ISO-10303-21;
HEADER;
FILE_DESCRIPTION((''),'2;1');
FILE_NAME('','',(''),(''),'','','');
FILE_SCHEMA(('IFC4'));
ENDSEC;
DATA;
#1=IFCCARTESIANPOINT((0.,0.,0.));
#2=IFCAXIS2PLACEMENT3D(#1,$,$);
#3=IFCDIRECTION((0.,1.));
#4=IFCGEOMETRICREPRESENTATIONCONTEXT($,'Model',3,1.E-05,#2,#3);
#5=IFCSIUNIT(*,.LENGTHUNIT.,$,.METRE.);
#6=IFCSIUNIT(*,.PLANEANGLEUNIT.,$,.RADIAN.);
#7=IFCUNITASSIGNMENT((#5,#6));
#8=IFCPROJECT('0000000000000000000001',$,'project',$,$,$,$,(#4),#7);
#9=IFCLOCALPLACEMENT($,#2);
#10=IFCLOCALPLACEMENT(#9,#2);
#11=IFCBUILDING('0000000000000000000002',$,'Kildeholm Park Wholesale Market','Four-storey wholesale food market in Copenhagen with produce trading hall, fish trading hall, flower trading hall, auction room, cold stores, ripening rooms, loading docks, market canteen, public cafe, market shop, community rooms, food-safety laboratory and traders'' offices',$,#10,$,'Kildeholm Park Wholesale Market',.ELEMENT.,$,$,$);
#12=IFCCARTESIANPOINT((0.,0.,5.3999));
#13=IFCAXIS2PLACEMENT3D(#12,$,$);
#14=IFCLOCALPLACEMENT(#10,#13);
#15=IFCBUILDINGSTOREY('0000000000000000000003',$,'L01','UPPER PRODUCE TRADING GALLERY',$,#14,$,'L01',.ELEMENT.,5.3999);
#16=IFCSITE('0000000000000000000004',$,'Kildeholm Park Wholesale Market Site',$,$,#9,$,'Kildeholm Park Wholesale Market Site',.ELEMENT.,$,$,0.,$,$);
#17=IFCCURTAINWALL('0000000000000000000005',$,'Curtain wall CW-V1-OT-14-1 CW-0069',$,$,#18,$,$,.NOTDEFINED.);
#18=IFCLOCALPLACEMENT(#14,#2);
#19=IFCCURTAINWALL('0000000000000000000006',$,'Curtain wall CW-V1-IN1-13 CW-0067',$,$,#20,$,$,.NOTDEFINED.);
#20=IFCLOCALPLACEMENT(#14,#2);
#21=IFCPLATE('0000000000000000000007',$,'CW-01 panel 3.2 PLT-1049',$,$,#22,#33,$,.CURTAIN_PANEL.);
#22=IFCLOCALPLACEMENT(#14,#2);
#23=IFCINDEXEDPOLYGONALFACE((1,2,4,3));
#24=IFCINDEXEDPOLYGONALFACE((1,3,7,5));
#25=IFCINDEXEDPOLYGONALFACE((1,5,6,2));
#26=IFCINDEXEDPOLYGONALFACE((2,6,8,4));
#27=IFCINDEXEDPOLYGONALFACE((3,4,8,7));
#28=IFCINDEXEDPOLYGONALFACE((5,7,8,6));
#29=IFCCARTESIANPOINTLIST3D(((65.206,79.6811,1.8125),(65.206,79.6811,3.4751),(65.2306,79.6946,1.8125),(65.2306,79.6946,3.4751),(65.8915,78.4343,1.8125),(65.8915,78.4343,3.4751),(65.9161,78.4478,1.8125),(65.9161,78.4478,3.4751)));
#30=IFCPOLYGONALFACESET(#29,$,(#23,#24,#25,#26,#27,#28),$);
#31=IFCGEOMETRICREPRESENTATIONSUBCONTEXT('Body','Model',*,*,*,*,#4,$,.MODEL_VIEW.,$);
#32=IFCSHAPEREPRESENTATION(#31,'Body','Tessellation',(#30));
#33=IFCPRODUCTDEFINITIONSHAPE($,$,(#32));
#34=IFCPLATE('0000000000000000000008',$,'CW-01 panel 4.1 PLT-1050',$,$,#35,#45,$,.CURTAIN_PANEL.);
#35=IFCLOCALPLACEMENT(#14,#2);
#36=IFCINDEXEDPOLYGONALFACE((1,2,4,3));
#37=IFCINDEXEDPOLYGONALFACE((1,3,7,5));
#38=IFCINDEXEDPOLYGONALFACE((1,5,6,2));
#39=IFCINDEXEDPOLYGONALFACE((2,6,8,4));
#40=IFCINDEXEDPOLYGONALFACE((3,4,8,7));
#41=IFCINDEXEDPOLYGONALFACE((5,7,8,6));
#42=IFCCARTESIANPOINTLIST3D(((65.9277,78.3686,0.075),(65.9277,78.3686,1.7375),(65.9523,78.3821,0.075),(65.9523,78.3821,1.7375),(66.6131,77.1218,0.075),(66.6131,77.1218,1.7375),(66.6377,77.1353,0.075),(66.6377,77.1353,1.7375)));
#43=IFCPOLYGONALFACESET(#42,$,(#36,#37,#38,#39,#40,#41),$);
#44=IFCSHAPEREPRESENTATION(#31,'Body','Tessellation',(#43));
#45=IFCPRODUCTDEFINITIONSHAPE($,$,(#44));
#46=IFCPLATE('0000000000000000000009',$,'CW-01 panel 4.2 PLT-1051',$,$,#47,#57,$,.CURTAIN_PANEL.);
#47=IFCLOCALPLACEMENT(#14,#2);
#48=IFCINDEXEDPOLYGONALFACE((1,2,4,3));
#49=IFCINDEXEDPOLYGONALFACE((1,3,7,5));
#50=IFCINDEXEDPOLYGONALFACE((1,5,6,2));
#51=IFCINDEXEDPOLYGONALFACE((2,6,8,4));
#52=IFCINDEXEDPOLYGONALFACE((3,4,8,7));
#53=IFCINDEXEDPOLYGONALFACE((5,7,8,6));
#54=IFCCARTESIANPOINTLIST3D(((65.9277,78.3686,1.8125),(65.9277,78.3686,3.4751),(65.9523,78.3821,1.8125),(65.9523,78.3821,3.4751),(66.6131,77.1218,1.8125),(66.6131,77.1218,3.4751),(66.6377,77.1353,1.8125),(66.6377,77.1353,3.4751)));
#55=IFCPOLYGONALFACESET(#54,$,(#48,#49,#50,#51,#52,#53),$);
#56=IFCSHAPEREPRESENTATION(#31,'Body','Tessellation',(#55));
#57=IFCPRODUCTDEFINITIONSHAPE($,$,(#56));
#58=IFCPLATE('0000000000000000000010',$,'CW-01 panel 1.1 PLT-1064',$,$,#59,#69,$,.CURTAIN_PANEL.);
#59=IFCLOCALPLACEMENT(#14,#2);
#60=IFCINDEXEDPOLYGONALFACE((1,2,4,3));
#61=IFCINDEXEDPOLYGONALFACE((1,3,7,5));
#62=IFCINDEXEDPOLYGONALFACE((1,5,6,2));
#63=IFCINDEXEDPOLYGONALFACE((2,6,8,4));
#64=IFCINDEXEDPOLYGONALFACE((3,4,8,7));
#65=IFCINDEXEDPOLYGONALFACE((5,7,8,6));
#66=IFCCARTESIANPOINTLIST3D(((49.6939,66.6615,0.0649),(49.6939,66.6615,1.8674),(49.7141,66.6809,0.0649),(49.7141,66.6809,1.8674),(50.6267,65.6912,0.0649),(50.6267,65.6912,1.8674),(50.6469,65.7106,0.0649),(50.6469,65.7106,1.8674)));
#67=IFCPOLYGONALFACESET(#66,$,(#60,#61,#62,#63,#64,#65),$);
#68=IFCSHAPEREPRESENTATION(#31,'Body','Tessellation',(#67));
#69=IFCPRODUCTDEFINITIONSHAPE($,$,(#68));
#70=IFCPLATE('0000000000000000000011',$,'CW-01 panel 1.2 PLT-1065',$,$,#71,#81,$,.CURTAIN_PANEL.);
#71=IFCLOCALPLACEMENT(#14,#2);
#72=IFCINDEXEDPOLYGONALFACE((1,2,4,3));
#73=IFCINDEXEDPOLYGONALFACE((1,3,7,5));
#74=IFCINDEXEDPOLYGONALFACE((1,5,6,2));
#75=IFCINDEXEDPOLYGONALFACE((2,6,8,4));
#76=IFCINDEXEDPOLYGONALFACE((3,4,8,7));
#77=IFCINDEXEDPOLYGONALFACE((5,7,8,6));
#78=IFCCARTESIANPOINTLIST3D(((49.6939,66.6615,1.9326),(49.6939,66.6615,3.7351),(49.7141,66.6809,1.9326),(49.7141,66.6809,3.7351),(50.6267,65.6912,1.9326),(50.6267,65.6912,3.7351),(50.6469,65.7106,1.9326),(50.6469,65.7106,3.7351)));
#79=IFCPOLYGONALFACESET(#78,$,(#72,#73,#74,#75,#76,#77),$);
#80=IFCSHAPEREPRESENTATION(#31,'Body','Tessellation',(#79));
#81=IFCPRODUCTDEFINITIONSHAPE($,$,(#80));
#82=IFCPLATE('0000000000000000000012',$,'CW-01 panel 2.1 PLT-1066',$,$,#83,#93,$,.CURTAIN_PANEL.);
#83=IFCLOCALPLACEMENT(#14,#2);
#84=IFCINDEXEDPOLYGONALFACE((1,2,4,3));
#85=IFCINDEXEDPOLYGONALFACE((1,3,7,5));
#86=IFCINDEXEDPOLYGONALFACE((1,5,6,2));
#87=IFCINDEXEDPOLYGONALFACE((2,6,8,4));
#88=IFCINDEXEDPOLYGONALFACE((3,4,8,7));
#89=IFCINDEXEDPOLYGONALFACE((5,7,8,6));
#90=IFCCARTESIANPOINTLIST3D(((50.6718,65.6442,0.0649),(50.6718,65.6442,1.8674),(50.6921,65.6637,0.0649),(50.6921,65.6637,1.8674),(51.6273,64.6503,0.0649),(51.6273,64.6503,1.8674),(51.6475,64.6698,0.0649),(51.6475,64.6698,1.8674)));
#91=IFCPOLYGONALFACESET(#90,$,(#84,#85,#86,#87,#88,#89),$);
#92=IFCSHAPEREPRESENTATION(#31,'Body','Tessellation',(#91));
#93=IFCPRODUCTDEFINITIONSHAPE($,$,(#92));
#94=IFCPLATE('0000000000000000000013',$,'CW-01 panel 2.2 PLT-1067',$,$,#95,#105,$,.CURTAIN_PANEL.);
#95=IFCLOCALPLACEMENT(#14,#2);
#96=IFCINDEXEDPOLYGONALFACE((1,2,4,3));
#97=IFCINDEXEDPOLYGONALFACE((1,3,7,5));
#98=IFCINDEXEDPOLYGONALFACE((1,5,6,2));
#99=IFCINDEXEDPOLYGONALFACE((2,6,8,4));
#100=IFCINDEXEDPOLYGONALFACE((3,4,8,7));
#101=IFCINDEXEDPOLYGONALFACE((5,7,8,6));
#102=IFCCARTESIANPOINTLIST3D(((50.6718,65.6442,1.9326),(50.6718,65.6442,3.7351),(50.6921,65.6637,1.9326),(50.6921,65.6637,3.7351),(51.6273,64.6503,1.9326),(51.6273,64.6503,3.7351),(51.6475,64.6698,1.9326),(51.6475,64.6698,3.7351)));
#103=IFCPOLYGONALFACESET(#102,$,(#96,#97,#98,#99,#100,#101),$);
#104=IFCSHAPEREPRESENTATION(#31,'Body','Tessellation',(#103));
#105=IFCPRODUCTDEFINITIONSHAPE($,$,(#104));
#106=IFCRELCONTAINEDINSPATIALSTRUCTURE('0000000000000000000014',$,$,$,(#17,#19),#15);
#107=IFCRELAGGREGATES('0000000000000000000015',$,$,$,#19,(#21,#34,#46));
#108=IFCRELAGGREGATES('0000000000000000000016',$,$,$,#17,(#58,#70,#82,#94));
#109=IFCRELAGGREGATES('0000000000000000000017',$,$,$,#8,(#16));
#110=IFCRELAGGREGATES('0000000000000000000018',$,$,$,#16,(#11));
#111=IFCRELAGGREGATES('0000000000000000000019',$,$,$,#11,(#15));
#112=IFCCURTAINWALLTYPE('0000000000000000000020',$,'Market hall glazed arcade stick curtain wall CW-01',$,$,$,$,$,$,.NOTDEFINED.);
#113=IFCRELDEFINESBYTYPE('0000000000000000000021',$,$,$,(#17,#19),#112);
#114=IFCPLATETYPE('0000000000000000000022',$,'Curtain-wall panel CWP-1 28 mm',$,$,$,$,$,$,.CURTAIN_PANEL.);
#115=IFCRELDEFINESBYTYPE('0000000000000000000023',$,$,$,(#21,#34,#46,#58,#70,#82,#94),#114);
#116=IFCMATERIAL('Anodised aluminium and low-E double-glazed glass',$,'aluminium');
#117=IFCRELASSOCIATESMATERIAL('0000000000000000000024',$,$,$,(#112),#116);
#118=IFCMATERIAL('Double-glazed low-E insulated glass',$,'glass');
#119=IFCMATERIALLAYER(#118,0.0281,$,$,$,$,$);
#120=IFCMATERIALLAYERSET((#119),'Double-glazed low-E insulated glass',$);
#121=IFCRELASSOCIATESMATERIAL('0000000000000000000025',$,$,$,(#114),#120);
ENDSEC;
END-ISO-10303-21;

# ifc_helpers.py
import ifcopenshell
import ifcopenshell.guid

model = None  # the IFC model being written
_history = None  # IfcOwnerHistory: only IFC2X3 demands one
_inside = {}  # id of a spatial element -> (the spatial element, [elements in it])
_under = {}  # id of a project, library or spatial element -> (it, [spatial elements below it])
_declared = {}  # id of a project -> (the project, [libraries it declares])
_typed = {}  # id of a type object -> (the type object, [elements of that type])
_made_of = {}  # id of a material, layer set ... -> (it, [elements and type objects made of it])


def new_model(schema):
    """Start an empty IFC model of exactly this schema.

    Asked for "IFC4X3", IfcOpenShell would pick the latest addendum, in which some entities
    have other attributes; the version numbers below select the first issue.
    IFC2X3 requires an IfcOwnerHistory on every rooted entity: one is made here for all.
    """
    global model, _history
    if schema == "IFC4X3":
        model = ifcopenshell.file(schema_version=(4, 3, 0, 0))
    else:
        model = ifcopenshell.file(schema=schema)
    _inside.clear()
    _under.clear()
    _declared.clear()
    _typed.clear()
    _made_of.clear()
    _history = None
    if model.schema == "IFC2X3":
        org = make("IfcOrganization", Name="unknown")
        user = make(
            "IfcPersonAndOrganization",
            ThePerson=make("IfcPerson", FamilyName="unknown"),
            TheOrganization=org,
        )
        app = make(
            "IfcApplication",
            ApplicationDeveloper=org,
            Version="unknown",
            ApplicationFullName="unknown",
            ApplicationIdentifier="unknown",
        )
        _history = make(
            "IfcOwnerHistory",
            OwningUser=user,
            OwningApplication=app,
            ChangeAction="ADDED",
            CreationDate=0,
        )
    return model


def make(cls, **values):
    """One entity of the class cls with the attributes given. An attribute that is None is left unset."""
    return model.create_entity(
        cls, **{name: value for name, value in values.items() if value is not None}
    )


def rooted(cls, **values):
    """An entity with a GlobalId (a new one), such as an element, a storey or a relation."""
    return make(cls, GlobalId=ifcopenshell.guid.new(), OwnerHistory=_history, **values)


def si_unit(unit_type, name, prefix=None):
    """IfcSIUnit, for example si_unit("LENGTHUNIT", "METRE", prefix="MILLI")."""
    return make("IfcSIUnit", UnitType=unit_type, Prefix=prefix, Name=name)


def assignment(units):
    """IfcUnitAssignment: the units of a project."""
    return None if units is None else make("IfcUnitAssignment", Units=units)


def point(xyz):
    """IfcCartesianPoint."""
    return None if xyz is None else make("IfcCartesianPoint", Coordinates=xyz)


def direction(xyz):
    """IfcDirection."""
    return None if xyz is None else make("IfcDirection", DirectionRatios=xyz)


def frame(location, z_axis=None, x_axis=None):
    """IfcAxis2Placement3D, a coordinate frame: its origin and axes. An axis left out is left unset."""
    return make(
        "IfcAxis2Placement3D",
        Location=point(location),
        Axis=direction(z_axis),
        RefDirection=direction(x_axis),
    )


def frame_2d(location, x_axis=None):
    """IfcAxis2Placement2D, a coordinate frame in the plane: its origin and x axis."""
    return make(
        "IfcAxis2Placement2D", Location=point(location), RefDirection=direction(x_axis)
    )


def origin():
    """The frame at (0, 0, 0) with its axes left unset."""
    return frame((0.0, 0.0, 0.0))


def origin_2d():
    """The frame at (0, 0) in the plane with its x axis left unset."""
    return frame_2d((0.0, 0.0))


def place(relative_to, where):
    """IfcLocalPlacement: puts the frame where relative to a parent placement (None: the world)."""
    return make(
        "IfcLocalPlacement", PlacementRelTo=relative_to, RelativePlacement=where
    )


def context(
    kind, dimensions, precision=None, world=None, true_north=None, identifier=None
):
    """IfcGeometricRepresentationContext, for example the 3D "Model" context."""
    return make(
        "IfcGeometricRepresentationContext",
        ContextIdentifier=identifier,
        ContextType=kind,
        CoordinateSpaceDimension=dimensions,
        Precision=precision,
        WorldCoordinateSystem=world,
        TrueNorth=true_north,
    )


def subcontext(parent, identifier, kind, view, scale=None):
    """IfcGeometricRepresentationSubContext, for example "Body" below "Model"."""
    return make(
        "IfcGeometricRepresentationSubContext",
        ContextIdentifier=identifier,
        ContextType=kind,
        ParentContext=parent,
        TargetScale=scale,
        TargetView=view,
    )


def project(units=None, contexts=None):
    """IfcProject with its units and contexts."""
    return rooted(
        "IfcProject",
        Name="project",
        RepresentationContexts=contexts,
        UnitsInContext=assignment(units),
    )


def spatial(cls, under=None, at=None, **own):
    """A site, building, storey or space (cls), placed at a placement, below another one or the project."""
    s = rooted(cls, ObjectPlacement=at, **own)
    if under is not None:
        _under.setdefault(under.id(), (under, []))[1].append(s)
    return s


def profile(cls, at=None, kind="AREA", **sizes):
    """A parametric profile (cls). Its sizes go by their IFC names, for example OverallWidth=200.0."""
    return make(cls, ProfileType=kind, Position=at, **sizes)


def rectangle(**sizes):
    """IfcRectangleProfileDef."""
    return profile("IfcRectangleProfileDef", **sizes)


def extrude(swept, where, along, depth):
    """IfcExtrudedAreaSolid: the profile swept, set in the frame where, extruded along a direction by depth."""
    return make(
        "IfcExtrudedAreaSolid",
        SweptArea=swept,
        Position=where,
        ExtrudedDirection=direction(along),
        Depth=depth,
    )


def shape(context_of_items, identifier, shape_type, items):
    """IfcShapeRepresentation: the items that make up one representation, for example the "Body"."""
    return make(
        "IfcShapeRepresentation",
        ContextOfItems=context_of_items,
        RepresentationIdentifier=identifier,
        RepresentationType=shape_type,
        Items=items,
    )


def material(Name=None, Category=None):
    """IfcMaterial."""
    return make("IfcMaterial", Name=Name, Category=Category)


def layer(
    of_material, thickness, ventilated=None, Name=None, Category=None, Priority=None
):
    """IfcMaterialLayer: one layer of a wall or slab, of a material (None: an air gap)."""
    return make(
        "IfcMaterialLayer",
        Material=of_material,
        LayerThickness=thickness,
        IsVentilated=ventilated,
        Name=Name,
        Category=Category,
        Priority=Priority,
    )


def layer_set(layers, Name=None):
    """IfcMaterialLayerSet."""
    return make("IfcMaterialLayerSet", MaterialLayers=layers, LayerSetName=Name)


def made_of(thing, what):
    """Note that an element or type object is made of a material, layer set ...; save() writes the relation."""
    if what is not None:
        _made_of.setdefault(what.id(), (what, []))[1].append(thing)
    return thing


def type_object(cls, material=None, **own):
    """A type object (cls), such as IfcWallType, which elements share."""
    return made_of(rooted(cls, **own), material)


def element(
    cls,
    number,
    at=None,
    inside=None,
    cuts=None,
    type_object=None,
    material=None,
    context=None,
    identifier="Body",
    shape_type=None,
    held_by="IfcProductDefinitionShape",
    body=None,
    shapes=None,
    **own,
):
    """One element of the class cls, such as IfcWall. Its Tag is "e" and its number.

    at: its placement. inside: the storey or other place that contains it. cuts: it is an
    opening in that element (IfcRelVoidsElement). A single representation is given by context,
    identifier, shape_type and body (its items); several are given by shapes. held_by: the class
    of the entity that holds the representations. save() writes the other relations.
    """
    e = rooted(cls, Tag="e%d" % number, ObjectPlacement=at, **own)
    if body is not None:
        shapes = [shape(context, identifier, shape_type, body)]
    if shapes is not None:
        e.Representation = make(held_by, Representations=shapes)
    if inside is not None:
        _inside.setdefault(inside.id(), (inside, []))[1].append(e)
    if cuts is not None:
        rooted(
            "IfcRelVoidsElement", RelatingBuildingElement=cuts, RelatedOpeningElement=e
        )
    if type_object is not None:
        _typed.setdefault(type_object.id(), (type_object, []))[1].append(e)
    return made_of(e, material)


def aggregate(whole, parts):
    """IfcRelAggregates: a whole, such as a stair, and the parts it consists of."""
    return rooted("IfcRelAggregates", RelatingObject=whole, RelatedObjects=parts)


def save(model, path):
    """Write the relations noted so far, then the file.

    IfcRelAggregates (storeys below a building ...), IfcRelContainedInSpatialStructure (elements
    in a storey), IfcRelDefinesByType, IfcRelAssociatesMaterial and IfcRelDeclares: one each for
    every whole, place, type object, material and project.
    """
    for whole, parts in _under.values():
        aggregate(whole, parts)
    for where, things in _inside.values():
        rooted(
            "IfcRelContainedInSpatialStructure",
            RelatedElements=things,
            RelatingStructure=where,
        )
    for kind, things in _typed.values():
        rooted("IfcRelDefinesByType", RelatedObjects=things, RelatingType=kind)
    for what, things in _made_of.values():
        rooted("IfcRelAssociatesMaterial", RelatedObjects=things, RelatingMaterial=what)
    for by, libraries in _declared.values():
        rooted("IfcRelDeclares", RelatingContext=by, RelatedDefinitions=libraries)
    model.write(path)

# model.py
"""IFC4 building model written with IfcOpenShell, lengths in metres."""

from ifc_helpers import new_model, si_unit, direction, frame, origin, origin_2d, place, context, subcontext, project, spatial, rectangle, extrude, material, layer, layer_set, type_object, element, aggregate, save


model = new_model("IFC4")

# Units and contexts
model_context = context("Model", 3, precision=1e-05, world=origin(), true_north=direction((0.0, 1.0)))
body_context = subcontext(model_context, "Body", "Model", "MODEL_VIEW")
ifc_project = project(units=[si_unit("LENGTHUNIT", "METRE"), si_unit("PLANEANGLEUNIT", "RADIAN")], contexts=[model_context])

# Site, building, storey
site_placement = place(None, origin())
site = spatial("IfcSite", under=ifc_project, at=site_placement, Name="Kildeholm Park Wholesale Market Site", LongName="Kildeholm Park Wholesale Market Site", CompositionType="ELEMENT", RefElevation=0.0)
building_placement = place(site_placement, origin())
building = spatial("IfcBuilding", under=site, at=building_placement, Name="Kildeholm Park Wholesale Market", Description="Four-storey wholesale food market in Copenhagen with produce trading hall, fish trading hall, flower trading hall, auction room, cold stores, ripening rooms, loading docks, market canteen, public cafe, market shop, community rooms, food-safety laboratory and traders' offices", LongName="Kildeholm Park Wholesale Market", CompositionType="ELEMENT")
storey_placement = place(building_placement, frame((0.0, 0.0, 5.3999)))
storey = spatial("IfcBuildingStorey", under=building, at=storey_placement, Name="L01", Description="UPPER PRODUCE TRADING GALLERY", LongName="L01", CompositionType="ELEMENT", Elevation=5.3999)

# Curtain walls
ifc_material_1 = material(Name="Anodised aluminium and low-E double-glazed glass", Category="aluminium")
curtain_wall_type = type_object("IfcCurtainWallType", Name="Market hall glazed arcade stick curtain wall CW-01", PredefinedType="NOTDEFINED", material=ifc_material_1)
curtain_wall_1_placement = place(storey_placement, origin())
curtain_wall_1 = element("IfcCurtainWall", 1, at=curtain_wall_1_placement, inside=storey, type_object=curtain_wall_type, Name="Curtain wall CW-V1-OT-14-1 CW-0069", PredefinedType="NOTDEFINED")
curtain_wall_2_placement = place(storey_placement, origin())
curtain_wall_2 = element("IfcCurtainWall", 2, at=curtain_wall_2_placement, inside=storey, type_object=curtain_wall_type, Name="Curtain wall CW-V1-IN1-13 CW-0067", PredefinedType="NOTDEFINED")

# Plates
ifc_material_2 = material(Name="Double-glazed low-E insulated glass", Category="glass")
ifc_layer = layer(ifc_material_2, 0.0281)
ifc_layer_set = layer_set([ifc_layer], Name="Double-glazed low-E insulated glass")
plate_type = type_object("IfcPlateType", Name="Curtain-wall panel CWP-1 28 mm", PredefinedType="CURTAIN_PANEL", material=ifc_layer_set)
plate_1_placement = place(storey_placement, frame((65.561, 79.0645, 1.8125), z_axis=(0.0, 0.0, 1.0), x_axis=(0.48175, -0.876309, 0.0)))
plate_1 = element("IfcPlate", 3, at=plate_1_placement, type_object=plate_type, Name="CW-01 panel 3.2 PLT-1049", PredefinedType="CURTAIN_PANEL", context=body_context, shape_type="SweptSolid", body=[
    extrude(rectangle(XDim=1.4229, YDim=0.0281, at=origin_2d()), origin(), (0.0, 0.0, 1.0), 1.6626),
])
plate_2_placement = place(storey_placement, frame((66.2827, 77.752, 0.075), z_axis=(0.0, 0.0, 1.0), x_axis=(0.48175, -0.876309, 0.0)))
plate_2 = element("IfcPlate", 4, at=plate_2_placement, type_object=plate_type, Name="CW-01 panel 4.1 PLT-1050", PredefinedType="CURTAIN_PANEL", context=body_context, shape_type="SweptSolid", body=[
    extrude(rectangle(XDim=1.4229, YDim=0.0281, at=origin_2d()), origin(), (0.0, 0.0, 1.0), 1.6626),
])
plate_3_placement = place(storey_placement, frame((66.2827, 77.752, 1.8125), z_axis=(0.0, 0.0, 1.0), x_axis=(0.48175, -0.876309, 0.0)))
plate_3 = element("IfcPlate", 5, at=plate_3_placement, type_object=plate_type, Name="CW-01 panel 4.2 PLT-1051", PredefinedType="CURTAIN_PANEL", context=body_context, shape_type="SweptSolid", body=[
    extrude(rectangle(XDim=1.4229, YDim=0.0281, at=origin_2d()), origin(), (0.0, 0.0, 1.0), 1.6626),
])
aggregate(curtain_wall_2, [plate_1, plate_2, plate_3])
plate_4_placement = place(storey_placement, frame((50.1704, 66.186, 0.0649), z_axis=(0.0, 0.0, 1.0), x_axis=(0.693038, -0.720901, 0.0)))
plate_4 = element("IfcPlate", 6, at=plate_4_placement, type_object=plate_type, Name="CW-01 panel 1.1 PLT-1064", PredefinedType="CURTAIN_PANEL", context=body_context, shape_type="SweptSolid", body=[
    extrude(rectangle(XDim=1.3459, YDim=0.0281, at=origin_2d()), origin(), (0.0, 0.0, 1.0), 1.8025),
])
plate_5_placement = place(storey_placement, frame((50.1704, 66.186, 1.9326), z_axis=(0.0, 0.0, 1.0), x_axis=(0.693038, -0.720901, 0.0)))
plate_5 = element("IfcPlate", 7, at=plate_5_placement, type_object=plate_type, Name="CW-01 panel 1.2 PLT-1065", PredefinedType="CURTAIN_PANEL", context=body_context, shape_type="SweptSolid", body=[
    extrude(rectangle(XDim=1.3459, YDim=0.0281, at=origin_2d()), origin(), (0.0, 0.0, 1.0), 1.8025),
])
plate_6_placement = place(storey_placement, frame((51.1597, 65.157, 0.0649), z_axis=(0.0, 0.0, 1.0), x_axis=(0.693038, -0.720901, 0.0)))
plate_6 = element("IfcPlate", 8, at=plate_6_placement, type_object=plate_type, Name="CW-01 panel 2.1 PLT-1066", PredefinedType="CURTAIN_PANEL", context=body_context, shape_type="SweptSolid", body=[
    extrude(rectangle(XDim=1.3787, YDim=0.0281, at=origin_2d()), origin(), (0.0, 0.0, 1.0), 1.8025),
])
plate_7_placement = place(storey_placement, frame((51.1597, 65.157, 1.9326), z_axis=(0.0, 0.0, 1.0), x_axis=(0.693038, -0.720901, 0.0)))
plate_7 = element("IfcPlate", 9, at=plate_7_placement, type_object=plate_type, Name="CW-01 panel 2.2 PLT-1067", PredefinedType="CURTAIN_PANEL", context=body_context, shape_type="SweptSolid", body=[
    extrude(rectangle(XDim=1.3787, YDim=0.0281, at=origin_2d()), origin(), (0.0, 0.0, 1.0), 1.8025),
])
aggregate(curtain_wall_1, [plate_4, plate_5, plate_6, plate_7])

save(model, "model.ifc")
